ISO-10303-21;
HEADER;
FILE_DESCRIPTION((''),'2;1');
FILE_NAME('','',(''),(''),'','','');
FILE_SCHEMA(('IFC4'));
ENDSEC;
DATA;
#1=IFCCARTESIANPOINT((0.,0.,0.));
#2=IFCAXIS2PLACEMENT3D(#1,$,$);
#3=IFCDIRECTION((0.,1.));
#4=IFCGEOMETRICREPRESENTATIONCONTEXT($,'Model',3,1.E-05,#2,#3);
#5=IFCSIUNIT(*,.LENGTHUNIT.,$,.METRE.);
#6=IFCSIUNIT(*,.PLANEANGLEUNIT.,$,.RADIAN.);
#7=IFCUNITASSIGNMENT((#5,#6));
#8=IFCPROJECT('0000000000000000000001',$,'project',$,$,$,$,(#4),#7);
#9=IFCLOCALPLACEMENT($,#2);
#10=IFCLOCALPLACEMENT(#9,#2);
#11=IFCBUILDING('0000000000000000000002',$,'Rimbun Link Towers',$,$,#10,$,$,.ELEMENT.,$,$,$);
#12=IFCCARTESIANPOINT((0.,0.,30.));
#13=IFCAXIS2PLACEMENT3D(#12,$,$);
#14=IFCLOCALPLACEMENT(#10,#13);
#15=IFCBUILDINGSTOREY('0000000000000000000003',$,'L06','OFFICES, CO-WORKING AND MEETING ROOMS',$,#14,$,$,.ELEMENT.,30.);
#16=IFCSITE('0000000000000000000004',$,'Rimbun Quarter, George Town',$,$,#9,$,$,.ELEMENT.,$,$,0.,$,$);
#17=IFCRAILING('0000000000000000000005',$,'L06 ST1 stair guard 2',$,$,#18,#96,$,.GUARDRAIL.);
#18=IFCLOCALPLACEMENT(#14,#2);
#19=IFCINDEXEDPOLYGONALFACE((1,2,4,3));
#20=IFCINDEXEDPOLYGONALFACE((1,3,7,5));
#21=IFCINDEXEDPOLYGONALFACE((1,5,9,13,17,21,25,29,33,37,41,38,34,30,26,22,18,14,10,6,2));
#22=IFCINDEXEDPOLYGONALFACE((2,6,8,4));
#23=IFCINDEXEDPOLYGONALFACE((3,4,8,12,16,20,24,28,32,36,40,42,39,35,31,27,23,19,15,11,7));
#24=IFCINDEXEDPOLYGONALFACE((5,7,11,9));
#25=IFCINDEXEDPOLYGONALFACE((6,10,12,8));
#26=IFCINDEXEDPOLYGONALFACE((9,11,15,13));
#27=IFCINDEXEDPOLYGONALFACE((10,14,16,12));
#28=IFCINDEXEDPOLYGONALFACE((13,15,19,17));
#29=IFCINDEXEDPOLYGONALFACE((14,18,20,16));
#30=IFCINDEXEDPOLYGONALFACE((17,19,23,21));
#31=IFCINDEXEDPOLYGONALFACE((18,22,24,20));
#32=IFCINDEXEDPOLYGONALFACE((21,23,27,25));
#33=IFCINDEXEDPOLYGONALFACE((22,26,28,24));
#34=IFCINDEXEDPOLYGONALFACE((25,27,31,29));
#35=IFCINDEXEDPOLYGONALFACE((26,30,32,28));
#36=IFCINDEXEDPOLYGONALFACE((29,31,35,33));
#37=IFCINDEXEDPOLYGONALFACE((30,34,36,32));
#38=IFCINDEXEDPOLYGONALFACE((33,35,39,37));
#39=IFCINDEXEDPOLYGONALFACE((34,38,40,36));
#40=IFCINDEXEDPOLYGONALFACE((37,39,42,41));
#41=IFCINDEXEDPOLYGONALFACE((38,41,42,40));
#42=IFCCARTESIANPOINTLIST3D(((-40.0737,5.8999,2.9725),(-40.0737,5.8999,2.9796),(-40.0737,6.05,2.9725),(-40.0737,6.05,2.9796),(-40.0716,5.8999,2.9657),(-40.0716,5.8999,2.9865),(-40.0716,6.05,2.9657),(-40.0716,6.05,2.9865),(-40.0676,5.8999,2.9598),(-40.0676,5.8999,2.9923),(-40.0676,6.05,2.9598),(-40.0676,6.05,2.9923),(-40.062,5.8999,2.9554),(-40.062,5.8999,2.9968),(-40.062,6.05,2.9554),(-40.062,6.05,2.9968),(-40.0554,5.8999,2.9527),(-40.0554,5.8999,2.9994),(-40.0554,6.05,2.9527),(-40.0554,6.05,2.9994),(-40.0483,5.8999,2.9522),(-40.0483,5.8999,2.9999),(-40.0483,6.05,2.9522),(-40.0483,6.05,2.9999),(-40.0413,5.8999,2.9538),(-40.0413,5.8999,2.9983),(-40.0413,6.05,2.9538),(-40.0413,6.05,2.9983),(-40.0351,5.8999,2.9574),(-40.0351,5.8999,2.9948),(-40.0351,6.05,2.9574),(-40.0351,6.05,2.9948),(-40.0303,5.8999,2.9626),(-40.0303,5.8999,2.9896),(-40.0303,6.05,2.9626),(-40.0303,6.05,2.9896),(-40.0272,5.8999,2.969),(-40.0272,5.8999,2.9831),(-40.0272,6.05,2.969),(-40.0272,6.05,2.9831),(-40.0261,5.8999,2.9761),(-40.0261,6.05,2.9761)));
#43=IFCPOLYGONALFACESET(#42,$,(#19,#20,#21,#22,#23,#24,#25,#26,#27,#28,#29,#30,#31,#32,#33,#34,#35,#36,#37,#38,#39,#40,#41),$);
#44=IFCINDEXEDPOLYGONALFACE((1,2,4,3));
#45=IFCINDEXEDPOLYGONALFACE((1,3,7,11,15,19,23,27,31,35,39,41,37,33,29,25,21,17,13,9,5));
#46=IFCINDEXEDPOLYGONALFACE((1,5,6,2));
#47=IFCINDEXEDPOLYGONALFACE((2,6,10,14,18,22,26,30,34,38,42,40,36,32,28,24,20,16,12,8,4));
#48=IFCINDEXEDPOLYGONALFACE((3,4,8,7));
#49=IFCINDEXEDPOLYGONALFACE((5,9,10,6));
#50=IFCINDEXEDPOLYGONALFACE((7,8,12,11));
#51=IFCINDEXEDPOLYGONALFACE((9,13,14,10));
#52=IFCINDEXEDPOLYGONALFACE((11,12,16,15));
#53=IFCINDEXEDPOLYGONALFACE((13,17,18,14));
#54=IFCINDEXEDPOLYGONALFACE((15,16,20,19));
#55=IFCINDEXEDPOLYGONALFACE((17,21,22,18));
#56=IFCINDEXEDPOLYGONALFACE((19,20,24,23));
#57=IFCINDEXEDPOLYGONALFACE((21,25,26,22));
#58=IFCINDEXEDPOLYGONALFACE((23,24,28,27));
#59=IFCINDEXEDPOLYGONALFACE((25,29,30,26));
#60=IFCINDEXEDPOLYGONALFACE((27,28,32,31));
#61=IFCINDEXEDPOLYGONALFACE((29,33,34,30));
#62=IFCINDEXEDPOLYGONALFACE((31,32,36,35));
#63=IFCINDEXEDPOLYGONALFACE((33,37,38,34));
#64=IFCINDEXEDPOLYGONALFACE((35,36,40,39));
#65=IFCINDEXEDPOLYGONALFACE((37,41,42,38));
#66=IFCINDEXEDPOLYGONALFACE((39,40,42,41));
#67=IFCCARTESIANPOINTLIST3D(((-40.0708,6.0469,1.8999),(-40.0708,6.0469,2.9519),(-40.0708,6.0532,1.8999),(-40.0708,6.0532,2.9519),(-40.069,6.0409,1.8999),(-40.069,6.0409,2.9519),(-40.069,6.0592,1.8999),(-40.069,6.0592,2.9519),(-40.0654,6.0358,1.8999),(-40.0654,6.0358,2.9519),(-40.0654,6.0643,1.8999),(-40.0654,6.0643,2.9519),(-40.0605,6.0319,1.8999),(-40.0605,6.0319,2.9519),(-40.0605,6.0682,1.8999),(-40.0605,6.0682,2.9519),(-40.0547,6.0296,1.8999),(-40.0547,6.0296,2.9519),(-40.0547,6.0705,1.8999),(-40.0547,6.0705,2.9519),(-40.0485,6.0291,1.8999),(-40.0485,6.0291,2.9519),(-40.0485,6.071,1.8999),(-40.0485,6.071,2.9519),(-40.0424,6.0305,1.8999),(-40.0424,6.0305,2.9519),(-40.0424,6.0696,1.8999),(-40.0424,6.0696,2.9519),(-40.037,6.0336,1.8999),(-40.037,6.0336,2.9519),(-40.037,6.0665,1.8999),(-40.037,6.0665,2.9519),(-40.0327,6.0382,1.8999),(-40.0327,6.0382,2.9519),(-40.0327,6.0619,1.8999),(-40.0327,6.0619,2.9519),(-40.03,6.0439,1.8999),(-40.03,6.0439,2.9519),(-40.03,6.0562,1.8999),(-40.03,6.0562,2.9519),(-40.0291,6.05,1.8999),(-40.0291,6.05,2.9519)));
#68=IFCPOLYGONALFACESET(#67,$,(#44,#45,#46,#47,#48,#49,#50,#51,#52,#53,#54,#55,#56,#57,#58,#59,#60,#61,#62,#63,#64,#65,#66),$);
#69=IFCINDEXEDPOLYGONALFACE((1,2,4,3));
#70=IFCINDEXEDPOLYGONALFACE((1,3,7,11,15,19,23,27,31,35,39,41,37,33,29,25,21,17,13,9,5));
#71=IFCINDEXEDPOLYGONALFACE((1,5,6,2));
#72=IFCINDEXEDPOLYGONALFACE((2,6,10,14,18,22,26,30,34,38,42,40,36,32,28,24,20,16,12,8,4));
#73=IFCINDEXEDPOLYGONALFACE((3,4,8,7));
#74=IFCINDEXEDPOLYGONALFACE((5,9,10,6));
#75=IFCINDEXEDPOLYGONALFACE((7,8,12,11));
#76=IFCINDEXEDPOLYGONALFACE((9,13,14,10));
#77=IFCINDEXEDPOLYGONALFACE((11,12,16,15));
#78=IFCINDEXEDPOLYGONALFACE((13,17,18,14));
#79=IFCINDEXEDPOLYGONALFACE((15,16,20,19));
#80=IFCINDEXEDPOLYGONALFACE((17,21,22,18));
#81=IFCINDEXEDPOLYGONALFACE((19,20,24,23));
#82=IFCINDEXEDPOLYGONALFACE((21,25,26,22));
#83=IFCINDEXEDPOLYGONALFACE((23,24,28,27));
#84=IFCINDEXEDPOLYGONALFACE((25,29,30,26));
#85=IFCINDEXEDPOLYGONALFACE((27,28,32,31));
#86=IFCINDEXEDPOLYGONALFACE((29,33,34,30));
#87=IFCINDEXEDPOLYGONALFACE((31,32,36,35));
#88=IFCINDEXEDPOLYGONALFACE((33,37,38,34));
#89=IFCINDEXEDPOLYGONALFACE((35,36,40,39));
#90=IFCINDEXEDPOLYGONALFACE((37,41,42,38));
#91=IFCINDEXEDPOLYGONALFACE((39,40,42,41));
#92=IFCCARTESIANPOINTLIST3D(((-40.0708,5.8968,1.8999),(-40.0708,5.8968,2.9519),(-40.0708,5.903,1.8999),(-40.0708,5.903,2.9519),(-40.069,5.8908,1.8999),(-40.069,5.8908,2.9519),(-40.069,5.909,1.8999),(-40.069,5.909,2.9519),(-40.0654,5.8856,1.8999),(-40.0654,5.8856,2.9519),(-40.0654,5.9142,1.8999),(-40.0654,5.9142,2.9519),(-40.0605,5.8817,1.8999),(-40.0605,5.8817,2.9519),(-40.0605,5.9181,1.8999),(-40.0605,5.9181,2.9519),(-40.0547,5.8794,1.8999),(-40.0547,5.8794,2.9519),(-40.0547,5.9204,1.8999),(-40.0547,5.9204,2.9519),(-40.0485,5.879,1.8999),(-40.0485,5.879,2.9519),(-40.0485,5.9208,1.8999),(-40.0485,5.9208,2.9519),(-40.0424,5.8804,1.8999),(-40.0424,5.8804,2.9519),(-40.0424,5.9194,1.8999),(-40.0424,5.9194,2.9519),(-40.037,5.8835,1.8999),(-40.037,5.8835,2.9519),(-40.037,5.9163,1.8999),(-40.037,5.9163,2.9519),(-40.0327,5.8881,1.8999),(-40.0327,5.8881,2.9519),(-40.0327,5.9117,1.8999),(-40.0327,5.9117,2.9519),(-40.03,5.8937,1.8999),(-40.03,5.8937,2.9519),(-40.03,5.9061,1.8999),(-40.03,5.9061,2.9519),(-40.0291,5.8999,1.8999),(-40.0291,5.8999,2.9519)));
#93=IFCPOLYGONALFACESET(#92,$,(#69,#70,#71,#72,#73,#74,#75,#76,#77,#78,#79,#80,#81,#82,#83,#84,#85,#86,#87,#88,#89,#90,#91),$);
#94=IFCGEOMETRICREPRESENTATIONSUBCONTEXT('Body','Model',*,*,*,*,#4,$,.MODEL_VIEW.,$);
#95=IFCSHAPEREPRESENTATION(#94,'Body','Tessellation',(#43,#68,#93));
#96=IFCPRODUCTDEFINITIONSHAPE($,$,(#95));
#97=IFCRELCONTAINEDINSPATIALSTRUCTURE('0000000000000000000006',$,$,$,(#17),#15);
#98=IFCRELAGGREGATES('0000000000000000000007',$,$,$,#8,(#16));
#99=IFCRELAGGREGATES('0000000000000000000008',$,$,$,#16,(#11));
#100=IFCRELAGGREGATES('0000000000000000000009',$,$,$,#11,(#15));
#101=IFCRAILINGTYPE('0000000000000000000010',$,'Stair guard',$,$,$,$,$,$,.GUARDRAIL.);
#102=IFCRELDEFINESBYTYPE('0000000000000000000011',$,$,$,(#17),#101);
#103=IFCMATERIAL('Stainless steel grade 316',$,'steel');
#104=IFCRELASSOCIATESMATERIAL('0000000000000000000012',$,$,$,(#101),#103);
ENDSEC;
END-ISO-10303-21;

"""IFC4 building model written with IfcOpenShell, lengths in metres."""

from ifc_helpers import new_model, si_unit, direction, frame, origin, origin_2d, place, context, subcontext, project, spatial, circle, extrude, material, type_object, element, save


model = new_model("IFC4")

# Units and contexts
model_context = context("Model", 3, precision=1e-05, world=origin(), true_north=direction((0.0, 1.0)))
body_context = subcontext(model_context, "Body", "Model", "MODEL_VIEW")
ifc_project = project(units=[si_unit("LENGTHUNIT", "METRE"), si_unit("PLANEANGLEUNIT", "RADIAN")], contexts=[model_context])

# Site, building, storey
site_placement = place(None, origin())
site = spatial("IfcSite", under=ifc_project, at=site_placement, Name="Rimbun Quarter, George Town", CompositionType="ELEMENT", RefElevation=0.0)
building_placement = place(site_placement, origin())
building = spatial("IfcBuilding", under=site, at=building_placement, Name="Rimbun Link Towers", CompositionType="ELEMENT")
storey_placement = place(building_placement, frame((0.0, 0.0, 30.0)))
storey = spatial("IfcBuildingStorey", under=building, at=storey_placement, Name="L06", Description="OFFICES, CO-WORKING AND MEETING ROOMS", CompositionType="ELEMENT", Elevation=30.0)

# Railing
ifc_material_1 = material(Name="Stainless steel grade 316", Category="steel")
railing_type_1 = type_object("IfcRailingType", Name="Stair guard", PredefinedType="GUARDRAIL", material=ifc_material_1)
railing_1_placement = place(storey_placement, frame((-40.05, 6.05, 1.8999)))
element("IfcRailing", 1, at=railing_1_placement, inside=storey, type_object=railing_type_1, Name="L06 ST1 stair guard 2", PredefinedType="GUARDRAIL", context=body_context, shape_type="SweptSolid", body=[
    extrude(circle(Radius=0.0239, at=origin_2d()), frame((0.0, 0.0, 1.0762), z_axis=(0.0, -1.0, 0.0), x_axis=(1.0, 0.0, 0.0)), (0.0, 0.0, 1.0), 0.1501),
    extrude(circle(Radius=0.021, at=origin_2d()), origin(), (0.0, 0.0, 1.0), 1.052),
    extrude(circle(Radius=0.021, at=origin_2d()), frame((0.0, -0.1501, 0.0)), (0.0, 0.0, 1.0), 1.052),
])

save(model, "model.ifc")
